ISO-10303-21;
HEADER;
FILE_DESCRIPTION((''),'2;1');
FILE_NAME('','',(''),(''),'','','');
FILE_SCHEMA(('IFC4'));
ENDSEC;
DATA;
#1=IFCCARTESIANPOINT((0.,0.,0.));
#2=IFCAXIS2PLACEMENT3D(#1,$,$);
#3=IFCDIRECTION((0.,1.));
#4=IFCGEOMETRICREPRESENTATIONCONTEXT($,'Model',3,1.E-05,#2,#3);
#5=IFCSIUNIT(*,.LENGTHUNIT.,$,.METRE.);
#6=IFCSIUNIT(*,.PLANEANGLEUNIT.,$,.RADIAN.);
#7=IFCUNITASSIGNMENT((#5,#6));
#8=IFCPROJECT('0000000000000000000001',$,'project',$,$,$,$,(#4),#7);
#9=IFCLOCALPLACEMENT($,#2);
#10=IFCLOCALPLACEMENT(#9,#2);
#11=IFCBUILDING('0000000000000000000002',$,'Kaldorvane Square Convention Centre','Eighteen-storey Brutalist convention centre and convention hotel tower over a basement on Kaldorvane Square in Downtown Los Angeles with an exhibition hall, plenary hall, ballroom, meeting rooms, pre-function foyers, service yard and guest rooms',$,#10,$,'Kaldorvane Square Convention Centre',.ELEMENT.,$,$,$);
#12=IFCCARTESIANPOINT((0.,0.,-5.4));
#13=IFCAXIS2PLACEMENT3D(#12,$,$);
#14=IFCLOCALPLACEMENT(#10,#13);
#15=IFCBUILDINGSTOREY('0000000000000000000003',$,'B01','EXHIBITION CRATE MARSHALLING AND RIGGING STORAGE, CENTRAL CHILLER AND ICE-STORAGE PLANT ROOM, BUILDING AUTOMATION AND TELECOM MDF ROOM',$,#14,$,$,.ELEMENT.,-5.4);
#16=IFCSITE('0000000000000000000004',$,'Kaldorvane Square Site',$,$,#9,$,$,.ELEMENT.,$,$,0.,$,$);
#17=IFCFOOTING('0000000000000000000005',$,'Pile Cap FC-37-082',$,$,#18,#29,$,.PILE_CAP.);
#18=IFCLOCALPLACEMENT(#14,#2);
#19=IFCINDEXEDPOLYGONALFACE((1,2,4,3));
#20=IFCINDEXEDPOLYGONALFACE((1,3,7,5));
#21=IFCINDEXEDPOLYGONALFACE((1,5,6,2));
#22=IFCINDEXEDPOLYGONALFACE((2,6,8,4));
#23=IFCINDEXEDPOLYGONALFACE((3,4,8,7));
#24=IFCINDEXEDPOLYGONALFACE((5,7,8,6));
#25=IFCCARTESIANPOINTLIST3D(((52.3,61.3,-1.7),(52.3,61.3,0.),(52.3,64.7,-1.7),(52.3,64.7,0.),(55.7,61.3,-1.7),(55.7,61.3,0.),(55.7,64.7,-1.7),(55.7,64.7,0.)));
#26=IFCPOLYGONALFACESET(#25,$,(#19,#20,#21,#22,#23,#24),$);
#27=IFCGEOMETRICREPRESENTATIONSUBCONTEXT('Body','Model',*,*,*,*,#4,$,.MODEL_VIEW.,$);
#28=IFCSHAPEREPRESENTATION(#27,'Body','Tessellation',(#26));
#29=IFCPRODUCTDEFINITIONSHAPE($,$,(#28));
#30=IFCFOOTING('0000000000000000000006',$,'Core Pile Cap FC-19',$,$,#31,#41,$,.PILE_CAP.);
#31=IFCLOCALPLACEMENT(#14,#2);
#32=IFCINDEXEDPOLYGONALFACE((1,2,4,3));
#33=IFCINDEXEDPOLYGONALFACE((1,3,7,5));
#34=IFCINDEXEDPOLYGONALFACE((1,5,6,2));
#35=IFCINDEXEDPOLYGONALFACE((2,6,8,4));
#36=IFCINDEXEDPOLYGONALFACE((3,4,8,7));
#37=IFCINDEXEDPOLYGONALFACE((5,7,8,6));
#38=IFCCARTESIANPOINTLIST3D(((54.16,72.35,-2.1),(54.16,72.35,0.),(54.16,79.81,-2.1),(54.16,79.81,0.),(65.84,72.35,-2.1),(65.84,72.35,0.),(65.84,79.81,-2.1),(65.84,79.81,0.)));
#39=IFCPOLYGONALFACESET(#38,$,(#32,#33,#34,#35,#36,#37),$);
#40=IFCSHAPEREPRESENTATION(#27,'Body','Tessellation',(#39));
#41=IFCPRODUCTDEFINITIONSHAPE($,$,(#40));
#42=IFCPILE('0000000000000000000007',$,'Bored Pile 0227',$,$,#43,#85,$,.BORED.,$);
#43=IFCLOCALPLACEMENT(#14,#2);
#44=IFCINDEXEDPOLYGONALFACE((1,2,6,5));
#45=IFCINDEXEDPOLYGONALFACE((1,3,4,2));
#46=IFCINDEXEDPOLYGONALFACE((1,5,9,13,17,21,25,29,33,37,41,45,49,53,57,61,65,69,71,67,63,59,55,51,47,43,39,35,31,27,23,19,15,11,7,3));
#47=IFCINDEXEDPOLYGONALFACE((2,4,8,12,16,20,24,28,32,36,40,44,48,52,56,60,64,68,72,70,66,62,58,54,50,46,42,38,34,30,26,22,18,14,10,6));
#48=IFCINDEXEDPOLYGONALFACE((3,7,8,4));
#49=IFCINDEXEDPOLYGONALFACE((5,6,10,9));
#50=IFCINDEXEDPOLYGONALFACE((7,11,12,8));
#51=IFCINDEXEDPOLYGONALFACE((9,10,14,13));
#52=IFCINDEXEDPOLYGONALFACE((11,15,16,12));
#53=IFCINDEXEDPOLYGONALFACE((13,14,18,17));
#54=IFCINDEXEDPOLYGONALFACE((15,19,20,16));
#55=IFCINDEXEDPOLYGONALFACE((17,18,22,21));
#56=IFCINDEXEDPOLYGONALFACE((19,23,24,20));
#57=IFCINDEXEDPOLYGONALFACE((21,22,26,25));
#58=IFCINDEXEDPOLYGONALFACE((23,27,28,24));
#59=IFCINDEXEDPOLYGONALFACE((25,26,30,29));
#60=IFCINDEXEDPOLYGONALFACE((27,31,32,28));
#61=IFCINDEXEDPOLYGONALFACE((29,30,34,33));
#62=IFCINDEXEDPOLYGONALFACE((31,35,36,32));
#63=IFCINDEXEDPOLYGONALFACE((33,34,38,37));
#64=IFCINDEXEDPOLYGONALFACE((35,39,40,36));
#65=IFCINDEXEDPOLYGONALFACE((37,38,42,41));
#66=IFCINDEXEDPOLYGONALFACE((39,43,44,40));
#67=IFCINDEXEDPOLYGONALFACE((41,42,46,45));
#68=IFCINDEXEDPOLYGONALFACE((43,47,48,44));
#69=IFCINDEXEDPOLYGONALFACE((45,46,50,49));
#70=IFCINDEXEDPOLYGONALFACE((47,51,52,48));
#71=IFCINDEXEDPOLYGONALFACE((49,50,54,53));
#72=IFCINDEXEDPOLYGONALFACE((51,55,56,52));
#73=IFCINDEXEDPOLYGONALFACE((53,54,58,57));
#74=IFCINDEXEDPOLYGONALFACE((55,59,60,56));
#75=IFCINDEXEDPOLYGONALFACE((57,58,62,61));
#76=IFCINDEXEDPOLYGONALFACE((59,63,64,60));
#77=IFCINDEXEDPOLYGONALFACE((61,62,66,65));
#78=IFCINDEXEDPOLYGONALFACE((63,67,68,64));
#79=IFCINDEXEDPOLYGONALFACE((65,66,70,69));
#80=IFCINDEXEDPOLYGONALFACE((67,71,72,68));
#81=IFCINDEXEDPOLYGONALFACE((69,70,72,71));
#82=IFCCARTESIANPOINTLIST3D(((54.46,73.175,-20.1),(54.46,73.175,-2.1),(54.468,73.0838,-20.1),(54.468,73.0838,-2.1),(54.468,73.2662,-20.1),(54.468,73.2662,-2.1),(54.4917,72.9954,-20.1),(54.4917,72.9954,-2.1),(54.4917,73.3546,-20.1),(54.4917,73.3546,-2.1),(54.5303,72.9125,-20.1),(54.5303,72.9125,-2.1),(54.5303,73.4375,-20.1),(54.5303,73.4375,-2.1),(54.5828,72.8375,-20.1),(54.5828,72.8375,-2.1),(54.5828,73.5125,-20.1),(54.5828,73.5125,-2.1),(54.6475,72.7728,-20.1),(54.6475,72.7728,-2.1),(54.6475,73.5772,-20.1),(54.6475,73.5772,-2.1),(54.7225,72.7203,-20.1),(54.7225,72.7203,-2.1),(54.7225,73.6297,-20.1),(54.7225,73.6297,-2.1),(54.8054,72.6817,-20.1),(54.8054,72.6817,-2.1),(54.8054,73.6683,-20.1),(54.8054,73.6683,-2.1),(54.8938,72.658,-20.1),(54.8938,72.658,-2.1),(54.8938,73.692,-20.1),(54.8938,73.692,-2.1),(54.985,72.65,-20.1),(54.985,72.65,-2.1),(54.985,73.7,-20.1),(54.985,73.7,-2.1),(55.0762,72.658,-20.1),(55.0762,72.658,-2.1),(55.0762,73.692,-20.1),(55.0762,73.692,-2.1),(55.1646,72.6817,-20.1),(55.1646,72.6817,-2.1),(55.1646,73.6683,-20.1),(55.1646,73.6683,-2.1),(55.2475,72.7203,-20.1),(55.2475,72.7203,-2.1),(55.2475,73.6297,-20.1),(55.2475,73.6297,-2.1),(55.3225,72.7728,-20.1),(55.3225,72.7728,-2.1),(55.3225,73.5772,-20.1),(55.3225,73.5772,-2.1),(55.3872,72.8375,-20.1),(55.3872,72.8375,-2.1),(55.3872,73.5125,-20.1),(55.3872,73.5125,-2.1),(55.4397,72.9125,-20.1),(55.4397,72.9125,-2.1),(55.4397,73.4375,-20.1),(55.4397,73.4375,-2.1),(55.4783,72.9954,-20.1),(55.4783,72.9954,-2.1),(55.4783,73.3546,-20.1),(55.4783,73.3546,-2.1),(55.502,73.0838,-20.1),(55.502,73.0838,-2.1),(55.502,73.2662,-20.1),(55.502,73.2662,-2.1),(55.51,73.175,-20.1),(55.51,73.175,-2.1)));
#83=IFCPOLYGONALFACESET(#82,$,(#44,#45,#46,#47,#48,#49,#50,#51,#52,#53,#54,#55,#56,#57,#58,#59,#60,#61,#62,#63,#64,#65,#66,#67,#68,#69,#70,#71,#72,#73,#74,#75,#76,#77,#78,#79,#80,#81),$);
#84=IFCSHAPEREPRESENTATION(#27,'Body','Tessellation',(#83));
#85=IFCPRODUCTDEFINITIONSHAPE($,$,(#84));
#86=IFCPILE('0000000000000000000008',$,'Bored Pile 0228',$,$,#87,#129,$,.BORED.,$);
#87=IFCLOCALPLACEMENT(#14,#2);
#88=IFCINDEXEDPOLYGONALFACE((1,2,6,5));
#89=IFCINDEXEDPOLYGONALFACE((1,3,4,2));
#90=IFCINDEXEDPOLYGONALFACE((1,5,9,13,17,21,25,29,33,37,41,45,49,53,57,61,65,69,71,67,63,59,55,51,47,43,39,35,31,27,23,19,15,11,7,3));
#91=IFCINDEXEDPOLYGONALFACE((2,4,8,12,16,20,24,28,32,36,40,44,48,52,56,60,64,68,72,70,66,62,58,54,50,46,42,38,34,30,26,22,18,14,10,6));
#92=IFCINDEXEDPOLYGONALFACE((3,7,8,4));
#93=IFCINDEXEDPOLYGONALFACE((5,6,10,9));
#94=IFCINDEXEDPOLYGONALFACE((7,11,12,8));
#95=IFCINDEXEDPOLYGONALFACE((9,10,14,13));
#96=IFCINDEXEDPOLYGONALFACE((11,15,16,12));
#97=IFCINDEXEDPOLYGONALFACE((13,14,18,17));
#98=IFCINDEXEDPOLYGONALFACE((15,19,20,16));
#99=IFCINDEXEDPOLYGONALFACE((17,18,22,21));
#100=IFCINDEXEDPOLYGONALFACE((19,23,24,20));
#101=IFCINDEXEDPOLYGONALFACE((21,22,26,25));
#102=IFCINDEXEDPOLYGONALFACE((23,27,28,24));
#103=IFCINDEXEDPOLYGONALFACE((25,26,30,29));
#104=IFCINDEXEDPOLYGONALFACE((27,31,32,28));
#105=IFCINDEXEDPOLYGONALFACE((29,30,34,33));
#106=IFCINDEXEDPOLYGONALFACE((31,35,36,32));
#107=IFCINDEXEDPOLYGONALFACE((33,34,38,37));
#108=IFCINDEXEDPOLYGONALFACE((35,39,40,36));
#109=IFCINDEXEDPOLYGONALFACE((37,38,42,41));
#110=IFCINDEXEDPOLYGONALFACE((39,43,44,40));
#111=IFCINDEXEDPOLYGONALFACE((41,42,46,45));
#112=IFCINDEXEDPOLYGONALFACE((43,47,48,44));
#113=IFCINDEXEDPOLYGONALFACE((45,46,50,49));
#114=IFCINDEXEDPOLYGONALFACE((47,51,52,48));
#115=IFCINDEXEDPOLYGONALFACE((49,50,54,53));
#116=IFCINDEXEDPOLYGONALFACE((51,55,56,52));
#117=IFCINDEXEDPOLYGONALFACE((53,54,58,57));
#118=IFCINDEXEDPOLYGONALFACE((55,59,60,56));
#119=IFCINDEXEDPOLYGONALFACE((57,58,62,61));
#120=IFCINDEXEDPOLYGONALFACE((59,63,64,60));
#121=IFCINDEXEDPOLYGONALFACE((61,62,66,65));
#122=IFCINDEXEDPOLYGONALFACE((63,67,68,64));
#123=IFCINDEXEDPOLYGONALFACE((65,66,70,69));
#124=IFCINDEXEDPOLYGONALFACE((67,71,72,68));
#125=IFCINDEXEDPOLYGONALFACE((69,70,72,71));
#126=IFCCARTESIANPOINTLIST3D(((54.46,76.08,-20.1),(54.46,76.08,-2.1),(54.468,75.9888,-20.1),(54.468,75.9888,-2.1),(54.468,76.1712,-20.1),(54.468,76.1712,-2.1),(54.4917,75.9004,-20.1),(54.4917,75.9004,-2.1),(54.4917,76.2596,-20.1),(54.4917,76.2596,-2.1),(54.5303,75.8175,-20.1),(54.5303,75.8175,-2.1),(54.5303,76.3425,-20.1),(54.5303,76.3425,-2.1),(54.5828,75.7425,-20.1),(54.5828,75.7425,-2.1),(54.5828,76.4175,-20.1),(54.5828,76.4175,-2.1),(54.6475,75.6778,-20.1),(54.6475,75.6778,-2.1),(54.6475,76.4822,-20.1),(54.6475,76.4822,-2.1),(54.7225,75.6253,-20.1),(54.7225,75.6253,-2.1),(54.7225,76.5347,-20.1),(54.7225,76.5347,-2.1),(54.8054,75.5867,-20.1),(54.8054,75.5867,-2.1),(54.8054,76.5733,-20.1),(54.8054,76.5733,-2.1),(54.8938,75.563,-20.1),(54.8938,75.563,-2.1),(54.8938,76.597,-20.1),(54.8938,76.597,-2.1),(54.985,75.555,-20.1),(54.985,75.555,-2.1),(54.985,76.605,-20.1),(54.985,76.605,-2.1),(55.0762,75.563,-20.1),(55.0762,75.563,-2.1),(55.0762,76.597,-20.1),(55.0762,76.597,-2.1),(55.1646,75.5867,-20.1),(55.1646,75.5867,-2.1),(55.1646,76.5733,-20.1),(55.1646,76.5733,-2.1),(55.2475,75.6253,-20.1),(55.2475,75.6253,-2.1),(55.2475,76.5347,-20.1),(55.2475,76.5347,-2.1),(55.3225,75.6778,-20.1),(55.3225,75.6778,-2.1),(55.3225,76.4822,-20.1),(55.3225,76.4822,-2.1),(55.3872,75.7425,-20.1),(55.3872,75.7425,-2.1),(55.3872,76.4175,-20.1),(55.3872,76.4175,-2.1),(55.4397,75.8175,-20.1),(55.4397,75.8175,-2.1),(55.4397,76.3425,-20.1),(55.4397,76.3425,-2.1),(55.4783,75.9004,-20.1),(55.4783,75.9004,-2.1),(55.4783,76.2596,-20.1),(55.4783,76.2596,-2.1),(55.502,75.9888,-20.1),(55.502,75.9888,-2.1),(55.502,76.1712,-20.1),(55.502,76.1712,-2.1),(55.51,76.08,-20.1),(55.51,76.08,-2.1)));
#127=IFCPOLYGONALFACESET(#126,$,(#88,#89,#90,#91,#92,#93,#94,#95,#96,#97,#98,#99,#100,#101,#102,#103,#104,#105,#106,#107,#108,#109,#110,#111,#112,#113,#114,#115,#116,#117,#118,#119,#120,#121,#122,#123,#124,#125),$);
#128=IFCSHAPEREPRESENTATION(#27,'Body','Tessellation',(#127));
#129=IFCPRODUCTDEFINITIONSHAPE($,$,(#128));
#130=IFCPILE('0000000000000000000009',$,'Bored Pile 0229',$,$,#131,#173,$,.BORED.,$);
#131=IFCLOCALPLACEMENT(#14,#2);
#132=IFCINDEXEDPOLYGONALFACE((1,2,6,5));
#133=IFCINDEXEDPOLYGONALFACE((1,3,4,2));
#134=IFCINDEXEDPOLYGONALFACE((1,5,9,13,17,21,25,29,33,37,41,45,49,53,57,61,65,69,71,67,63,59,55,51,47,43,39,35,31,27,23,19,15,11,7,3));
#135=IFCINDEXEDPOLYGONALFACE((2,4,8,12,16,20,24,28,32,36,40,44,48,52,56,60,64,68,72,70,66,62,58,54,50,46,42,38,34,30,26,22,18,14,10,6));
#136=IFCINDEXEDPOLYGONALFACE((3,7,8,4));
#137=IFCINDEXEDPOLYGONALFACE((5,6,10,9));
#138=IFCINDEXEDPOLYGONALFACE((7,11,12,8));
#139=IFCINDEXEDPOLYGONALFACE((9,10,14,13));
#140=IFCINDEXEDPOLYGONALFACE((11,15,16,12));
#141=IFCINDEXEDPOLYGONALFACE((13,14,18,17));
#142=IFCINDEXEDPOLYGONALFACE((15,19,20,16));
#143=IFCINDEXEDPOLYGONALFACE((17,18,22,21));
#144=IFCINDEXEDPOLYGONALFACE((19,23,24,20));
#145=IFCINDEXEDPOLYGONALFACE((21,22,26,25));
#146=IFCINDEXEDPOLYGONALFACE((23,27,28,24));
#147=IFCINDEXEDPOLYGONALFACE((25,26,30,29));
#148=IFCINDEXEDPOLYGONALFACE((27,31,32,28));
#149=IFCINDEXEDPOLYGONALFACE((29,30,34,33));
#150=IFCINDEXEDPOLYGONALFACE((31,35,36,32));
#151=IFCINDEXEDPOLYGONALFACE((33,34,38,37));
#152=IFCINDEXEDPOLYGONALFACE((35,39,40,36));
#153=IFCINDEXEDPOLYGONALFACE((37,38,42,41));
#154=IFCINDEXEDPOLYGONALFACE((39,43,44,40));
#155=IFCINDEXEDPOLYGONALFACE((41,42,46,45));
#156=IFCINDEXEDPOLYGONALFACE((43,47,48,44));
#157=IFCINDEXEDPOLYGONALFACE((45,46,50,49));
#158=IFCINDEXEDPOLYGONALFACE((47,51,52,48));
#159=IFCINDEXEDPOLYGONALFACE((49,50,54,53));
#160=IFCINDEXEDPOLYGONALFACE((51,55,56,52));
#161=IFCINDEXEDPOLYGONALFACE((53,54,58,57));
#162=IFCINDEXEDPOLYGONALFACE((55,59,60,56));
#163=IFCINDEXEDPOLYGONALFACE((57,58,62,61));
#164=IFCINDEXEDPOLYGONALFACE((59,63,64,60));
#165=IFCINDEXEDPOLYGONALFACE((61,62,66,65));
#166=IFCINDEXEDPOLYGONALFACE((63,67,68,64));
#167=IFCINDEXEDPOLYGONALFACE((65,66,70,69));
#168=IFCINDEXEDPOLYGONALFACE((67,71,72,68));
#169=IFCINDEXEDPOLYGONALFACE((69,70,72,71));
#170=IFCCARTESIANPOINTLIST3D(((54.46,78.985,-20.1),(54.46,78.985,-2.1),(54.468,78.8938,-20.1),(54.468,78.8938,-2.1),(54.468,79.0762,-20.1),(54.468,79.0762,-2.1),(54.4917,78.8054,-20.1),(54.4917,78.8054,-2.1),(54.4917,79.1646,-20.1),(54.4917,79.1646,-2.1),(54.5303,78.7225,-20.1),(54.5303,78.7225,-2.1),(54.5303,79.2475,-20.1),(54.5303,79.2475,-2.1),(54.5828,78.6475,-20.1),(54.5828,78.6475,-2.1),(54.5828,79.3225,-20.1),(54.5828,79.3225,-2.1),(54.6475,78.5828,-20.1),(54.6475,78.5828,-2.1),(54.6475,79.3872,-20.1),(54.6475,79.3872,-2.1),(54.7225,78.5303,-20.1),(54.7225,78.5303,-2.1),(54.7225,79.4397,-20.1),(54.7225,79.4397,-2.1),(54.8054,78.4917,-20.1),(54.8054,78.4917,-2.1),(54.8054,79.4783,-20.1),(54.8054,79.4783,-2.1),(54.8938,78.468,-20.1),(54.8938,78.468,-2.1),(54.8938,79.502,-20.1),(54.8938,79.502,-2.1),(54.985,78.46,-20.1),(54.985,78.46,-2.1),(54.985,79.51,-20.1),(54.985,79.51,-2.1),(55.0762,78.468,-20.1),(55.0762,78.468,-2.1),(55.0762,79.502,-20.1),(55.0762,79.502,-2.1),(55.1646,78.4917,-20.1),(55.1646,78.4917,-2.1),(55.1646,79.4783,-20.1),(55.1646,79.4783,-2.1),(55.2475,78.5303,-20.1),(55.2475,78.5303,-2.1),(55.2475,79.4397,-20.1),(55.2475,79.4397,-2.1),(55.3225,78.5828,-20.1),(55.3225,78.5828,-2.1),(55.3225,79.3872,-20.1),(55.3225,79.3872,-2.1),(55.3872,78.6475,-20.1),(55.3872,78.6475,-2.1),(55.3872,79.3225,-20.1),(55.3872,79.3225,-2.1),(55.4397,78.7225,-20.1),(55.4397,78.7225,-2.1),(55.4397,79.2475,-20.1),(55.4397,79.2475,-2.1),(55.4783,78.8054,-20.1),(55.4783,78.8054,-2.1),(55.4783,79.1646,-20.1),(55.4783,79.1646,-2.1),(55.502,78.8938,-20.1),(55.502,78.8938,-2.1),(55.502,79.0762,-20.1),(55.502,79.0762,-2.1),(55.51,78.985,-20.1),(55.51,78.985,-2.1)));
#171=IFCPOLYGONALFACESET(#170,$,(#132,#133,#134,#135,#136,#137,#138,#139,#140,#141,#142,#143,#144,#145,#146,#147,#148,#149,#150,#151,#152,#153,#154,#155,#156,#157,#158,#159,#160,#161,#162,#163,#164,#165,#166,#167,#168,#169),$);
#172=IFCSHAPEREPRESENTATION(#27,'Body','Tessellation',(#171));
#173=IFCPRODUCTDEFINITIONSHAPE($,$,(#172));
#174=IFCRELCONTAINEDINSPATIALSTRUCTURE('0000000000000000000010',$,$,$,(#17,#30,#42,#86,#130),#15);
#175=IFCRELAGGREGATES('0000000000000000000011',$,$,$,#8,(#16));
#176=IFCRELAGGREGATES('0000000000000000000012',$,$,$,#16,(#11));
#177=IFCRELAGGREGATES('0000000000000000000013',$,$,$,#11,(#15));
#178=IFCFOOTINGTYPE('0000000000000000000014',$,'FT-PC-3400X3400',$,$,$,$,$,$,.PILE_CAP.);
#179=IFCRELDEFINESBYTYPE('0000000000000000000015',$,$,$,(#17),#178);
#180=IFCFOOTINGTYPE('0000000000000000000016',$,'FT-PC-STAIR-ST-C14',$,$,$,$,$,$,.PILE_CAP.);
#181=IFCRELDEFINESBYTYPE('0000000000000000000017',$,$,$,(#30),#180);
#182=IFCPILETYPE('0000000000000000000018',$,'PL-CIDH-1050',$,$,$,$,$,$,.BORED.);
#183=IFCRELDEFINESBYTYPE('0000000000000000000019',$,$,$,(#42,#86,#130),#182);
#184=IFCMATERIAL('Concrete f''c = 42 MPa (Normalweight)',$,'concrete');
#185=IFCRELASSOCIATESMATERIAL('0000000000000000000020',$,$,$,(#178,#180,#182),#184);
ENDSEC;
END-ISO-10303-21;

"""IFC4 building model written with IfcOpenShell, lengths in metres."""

from ifc_helpers import new_model, si_unit, direction, frame, origin, origin_2d, place, context, subcontext, project, spatial, rectangle, circle, extrude, material, material_profile, profile_set, type_object, element, save


model = new_model("IFC4")

# Units and contexts
model_context = context("Model", 3, precision=1e-05, world=origin(), true_north=direction((0.0, 1.0)))
body_context = subcontext(model_context, "Body", "Model", "MODEL_VIEW")
ifc_project = project(units=[si_unit("LENGTHUNIT", "METRE"), si_unit("PLANEANGLEUNIT", "RADIAN")], contexts=[model_context])

# Site, building, storey
site_placement = place(None, origin())
site = spatial("IfcSite", under=ifc_project, at=site_placement, Name="Kaldorvane Square Site", CompositionType="ELEMENT", RefElevation=0.0)
building_placement = place(site_placement, origin())
building = spatial("IfcBuilding", under=site, at=building_placement, Name="Kaldorvane Square Convention Centre", Description="Eighteen-storey Brutalist convention centre and convention hotel tower over a basement on Kaldorvane Square in Downtown Los Angeles with an exhibition hall, plenary hall, ballroom, meeting rooms, pre-function foyers, service yard and guest rooms", LongName="Kaldorvane Square Convention Centre", CompositionType="ELEMENT")
storey_placement = place(building_placement, frame((0.0, 0.0, -5.4)))
storey = spatial("IfcBuildingStorey", under=building, at=storey_placement, Name="B01", Description="EXHIBITION CRATE MARSHALLING AND RIGGING STORAGE, CENTRAL CHILLER AND ICE-STORAGE PLANT ROOM, BUILDING AUTOMATION AND TELECOM MDF ROOM", CompositionType="ELEMENT", Elevation=-5.4)

# Footings
ifc_material_1 = material(Name="Concrete f'c = 42 MPa (Normalweight)", Category="concrete")
footing_type_1 = type_object("IfcFootingType", Name="FT-PC-3400X3400", PredefinedType="PILE_CAP", material=ifc_material_1)
footing_1_placement = place(storey_placement, frame((54.0, 63.0, -1.7), z_axis=(0.0, 0.0, 1.0), x_axis=(1.0, 0.0, 0.0)))
element("IfcFooting", 1, at=footing_1_placement, inside=storey, type_object=footing_type_1, Name="Pile Cap FC-37-082", PredefinedType="PILE_CAP", context=body_context, shape_type="SweptSolid", body=[
    extrude(rectangle(XDim=3.4, YDim=3.4, at=origin_2d()), origin(), (0.0, 0.0, 1.0), 1.7),
])
footing_type_2 = type_object("IfcFootingType", Name="FT-PC-STAIR-ST-C14", PredefinedType="PILE_CAP", material=ifc_material_1)
footing_2_placement = place(storey_placement, frame((60.0, 76.08, -2.1), z_axis=(0.0, 0.0, 1.0), x_axis=(1.0, 0.0, 0.0)))
element("IfcFooting", 2, at=footing_2_placement, inside=storey, type_object=footing_type_2, Name="Core Pile Cap FC-19", PredefinedType="PILE_CAP", context=body_context, shape_type="SweptSolid", body=[
    extrude(rectangle(XDim=11.68, YDim=7.46, at=origin_2d()), origin(), (0.0, 0.0, 1.0), 2.1),
])

# Piles
ifc_material_profile_1 = material_profile(ifc_material_1, circle(Radius=0.525, at=origin_2d()), Name="PILE-D1050")
ifc_profile_set_1 = profile_set([ifc_material_profile_1], Name="Concrete f'c = 42 MPa (Normalweight)")
pile_type_1 = type_object("IfcPileType", Name="PL-CIDH-1050", PredefinedType="BORED", material=ifc_profile_set_1)
for number, where, z_axis, x_axis, name in (
    (3, (54.985, 73.175, -2.1), (0.0, 0.0, -1.0), (1.0, 0.0, 0.0), "Bored Pile 0227"),
    (4, (54.985, 76.08, -2.1), (0.0, 0.0, -1.0), (1.0, 0.0, 0.0), "Bored Pile 0228"),
    (5, (54.985, 78.985, -2.1), (0.0, 0.0, -1.0), (1.0, 0.0, 0.0), "Bored Pile 0229"),
):
    element("IfcPile", number, at=place(storey_placement, frame(where, z_axis=z_axis, x_axis=x_axis)), inside=storey, type_object=pile_type_1, Name=name, PredefinedType="BORED", context=body_context, shape_type="SweptSolid", body=[
        extrude(circle(Radius=0.525, at=origin_2d()), origin(), (0.0, 0.0, 1.0), 18.0),
    ])

save(model, "model.ifc")
